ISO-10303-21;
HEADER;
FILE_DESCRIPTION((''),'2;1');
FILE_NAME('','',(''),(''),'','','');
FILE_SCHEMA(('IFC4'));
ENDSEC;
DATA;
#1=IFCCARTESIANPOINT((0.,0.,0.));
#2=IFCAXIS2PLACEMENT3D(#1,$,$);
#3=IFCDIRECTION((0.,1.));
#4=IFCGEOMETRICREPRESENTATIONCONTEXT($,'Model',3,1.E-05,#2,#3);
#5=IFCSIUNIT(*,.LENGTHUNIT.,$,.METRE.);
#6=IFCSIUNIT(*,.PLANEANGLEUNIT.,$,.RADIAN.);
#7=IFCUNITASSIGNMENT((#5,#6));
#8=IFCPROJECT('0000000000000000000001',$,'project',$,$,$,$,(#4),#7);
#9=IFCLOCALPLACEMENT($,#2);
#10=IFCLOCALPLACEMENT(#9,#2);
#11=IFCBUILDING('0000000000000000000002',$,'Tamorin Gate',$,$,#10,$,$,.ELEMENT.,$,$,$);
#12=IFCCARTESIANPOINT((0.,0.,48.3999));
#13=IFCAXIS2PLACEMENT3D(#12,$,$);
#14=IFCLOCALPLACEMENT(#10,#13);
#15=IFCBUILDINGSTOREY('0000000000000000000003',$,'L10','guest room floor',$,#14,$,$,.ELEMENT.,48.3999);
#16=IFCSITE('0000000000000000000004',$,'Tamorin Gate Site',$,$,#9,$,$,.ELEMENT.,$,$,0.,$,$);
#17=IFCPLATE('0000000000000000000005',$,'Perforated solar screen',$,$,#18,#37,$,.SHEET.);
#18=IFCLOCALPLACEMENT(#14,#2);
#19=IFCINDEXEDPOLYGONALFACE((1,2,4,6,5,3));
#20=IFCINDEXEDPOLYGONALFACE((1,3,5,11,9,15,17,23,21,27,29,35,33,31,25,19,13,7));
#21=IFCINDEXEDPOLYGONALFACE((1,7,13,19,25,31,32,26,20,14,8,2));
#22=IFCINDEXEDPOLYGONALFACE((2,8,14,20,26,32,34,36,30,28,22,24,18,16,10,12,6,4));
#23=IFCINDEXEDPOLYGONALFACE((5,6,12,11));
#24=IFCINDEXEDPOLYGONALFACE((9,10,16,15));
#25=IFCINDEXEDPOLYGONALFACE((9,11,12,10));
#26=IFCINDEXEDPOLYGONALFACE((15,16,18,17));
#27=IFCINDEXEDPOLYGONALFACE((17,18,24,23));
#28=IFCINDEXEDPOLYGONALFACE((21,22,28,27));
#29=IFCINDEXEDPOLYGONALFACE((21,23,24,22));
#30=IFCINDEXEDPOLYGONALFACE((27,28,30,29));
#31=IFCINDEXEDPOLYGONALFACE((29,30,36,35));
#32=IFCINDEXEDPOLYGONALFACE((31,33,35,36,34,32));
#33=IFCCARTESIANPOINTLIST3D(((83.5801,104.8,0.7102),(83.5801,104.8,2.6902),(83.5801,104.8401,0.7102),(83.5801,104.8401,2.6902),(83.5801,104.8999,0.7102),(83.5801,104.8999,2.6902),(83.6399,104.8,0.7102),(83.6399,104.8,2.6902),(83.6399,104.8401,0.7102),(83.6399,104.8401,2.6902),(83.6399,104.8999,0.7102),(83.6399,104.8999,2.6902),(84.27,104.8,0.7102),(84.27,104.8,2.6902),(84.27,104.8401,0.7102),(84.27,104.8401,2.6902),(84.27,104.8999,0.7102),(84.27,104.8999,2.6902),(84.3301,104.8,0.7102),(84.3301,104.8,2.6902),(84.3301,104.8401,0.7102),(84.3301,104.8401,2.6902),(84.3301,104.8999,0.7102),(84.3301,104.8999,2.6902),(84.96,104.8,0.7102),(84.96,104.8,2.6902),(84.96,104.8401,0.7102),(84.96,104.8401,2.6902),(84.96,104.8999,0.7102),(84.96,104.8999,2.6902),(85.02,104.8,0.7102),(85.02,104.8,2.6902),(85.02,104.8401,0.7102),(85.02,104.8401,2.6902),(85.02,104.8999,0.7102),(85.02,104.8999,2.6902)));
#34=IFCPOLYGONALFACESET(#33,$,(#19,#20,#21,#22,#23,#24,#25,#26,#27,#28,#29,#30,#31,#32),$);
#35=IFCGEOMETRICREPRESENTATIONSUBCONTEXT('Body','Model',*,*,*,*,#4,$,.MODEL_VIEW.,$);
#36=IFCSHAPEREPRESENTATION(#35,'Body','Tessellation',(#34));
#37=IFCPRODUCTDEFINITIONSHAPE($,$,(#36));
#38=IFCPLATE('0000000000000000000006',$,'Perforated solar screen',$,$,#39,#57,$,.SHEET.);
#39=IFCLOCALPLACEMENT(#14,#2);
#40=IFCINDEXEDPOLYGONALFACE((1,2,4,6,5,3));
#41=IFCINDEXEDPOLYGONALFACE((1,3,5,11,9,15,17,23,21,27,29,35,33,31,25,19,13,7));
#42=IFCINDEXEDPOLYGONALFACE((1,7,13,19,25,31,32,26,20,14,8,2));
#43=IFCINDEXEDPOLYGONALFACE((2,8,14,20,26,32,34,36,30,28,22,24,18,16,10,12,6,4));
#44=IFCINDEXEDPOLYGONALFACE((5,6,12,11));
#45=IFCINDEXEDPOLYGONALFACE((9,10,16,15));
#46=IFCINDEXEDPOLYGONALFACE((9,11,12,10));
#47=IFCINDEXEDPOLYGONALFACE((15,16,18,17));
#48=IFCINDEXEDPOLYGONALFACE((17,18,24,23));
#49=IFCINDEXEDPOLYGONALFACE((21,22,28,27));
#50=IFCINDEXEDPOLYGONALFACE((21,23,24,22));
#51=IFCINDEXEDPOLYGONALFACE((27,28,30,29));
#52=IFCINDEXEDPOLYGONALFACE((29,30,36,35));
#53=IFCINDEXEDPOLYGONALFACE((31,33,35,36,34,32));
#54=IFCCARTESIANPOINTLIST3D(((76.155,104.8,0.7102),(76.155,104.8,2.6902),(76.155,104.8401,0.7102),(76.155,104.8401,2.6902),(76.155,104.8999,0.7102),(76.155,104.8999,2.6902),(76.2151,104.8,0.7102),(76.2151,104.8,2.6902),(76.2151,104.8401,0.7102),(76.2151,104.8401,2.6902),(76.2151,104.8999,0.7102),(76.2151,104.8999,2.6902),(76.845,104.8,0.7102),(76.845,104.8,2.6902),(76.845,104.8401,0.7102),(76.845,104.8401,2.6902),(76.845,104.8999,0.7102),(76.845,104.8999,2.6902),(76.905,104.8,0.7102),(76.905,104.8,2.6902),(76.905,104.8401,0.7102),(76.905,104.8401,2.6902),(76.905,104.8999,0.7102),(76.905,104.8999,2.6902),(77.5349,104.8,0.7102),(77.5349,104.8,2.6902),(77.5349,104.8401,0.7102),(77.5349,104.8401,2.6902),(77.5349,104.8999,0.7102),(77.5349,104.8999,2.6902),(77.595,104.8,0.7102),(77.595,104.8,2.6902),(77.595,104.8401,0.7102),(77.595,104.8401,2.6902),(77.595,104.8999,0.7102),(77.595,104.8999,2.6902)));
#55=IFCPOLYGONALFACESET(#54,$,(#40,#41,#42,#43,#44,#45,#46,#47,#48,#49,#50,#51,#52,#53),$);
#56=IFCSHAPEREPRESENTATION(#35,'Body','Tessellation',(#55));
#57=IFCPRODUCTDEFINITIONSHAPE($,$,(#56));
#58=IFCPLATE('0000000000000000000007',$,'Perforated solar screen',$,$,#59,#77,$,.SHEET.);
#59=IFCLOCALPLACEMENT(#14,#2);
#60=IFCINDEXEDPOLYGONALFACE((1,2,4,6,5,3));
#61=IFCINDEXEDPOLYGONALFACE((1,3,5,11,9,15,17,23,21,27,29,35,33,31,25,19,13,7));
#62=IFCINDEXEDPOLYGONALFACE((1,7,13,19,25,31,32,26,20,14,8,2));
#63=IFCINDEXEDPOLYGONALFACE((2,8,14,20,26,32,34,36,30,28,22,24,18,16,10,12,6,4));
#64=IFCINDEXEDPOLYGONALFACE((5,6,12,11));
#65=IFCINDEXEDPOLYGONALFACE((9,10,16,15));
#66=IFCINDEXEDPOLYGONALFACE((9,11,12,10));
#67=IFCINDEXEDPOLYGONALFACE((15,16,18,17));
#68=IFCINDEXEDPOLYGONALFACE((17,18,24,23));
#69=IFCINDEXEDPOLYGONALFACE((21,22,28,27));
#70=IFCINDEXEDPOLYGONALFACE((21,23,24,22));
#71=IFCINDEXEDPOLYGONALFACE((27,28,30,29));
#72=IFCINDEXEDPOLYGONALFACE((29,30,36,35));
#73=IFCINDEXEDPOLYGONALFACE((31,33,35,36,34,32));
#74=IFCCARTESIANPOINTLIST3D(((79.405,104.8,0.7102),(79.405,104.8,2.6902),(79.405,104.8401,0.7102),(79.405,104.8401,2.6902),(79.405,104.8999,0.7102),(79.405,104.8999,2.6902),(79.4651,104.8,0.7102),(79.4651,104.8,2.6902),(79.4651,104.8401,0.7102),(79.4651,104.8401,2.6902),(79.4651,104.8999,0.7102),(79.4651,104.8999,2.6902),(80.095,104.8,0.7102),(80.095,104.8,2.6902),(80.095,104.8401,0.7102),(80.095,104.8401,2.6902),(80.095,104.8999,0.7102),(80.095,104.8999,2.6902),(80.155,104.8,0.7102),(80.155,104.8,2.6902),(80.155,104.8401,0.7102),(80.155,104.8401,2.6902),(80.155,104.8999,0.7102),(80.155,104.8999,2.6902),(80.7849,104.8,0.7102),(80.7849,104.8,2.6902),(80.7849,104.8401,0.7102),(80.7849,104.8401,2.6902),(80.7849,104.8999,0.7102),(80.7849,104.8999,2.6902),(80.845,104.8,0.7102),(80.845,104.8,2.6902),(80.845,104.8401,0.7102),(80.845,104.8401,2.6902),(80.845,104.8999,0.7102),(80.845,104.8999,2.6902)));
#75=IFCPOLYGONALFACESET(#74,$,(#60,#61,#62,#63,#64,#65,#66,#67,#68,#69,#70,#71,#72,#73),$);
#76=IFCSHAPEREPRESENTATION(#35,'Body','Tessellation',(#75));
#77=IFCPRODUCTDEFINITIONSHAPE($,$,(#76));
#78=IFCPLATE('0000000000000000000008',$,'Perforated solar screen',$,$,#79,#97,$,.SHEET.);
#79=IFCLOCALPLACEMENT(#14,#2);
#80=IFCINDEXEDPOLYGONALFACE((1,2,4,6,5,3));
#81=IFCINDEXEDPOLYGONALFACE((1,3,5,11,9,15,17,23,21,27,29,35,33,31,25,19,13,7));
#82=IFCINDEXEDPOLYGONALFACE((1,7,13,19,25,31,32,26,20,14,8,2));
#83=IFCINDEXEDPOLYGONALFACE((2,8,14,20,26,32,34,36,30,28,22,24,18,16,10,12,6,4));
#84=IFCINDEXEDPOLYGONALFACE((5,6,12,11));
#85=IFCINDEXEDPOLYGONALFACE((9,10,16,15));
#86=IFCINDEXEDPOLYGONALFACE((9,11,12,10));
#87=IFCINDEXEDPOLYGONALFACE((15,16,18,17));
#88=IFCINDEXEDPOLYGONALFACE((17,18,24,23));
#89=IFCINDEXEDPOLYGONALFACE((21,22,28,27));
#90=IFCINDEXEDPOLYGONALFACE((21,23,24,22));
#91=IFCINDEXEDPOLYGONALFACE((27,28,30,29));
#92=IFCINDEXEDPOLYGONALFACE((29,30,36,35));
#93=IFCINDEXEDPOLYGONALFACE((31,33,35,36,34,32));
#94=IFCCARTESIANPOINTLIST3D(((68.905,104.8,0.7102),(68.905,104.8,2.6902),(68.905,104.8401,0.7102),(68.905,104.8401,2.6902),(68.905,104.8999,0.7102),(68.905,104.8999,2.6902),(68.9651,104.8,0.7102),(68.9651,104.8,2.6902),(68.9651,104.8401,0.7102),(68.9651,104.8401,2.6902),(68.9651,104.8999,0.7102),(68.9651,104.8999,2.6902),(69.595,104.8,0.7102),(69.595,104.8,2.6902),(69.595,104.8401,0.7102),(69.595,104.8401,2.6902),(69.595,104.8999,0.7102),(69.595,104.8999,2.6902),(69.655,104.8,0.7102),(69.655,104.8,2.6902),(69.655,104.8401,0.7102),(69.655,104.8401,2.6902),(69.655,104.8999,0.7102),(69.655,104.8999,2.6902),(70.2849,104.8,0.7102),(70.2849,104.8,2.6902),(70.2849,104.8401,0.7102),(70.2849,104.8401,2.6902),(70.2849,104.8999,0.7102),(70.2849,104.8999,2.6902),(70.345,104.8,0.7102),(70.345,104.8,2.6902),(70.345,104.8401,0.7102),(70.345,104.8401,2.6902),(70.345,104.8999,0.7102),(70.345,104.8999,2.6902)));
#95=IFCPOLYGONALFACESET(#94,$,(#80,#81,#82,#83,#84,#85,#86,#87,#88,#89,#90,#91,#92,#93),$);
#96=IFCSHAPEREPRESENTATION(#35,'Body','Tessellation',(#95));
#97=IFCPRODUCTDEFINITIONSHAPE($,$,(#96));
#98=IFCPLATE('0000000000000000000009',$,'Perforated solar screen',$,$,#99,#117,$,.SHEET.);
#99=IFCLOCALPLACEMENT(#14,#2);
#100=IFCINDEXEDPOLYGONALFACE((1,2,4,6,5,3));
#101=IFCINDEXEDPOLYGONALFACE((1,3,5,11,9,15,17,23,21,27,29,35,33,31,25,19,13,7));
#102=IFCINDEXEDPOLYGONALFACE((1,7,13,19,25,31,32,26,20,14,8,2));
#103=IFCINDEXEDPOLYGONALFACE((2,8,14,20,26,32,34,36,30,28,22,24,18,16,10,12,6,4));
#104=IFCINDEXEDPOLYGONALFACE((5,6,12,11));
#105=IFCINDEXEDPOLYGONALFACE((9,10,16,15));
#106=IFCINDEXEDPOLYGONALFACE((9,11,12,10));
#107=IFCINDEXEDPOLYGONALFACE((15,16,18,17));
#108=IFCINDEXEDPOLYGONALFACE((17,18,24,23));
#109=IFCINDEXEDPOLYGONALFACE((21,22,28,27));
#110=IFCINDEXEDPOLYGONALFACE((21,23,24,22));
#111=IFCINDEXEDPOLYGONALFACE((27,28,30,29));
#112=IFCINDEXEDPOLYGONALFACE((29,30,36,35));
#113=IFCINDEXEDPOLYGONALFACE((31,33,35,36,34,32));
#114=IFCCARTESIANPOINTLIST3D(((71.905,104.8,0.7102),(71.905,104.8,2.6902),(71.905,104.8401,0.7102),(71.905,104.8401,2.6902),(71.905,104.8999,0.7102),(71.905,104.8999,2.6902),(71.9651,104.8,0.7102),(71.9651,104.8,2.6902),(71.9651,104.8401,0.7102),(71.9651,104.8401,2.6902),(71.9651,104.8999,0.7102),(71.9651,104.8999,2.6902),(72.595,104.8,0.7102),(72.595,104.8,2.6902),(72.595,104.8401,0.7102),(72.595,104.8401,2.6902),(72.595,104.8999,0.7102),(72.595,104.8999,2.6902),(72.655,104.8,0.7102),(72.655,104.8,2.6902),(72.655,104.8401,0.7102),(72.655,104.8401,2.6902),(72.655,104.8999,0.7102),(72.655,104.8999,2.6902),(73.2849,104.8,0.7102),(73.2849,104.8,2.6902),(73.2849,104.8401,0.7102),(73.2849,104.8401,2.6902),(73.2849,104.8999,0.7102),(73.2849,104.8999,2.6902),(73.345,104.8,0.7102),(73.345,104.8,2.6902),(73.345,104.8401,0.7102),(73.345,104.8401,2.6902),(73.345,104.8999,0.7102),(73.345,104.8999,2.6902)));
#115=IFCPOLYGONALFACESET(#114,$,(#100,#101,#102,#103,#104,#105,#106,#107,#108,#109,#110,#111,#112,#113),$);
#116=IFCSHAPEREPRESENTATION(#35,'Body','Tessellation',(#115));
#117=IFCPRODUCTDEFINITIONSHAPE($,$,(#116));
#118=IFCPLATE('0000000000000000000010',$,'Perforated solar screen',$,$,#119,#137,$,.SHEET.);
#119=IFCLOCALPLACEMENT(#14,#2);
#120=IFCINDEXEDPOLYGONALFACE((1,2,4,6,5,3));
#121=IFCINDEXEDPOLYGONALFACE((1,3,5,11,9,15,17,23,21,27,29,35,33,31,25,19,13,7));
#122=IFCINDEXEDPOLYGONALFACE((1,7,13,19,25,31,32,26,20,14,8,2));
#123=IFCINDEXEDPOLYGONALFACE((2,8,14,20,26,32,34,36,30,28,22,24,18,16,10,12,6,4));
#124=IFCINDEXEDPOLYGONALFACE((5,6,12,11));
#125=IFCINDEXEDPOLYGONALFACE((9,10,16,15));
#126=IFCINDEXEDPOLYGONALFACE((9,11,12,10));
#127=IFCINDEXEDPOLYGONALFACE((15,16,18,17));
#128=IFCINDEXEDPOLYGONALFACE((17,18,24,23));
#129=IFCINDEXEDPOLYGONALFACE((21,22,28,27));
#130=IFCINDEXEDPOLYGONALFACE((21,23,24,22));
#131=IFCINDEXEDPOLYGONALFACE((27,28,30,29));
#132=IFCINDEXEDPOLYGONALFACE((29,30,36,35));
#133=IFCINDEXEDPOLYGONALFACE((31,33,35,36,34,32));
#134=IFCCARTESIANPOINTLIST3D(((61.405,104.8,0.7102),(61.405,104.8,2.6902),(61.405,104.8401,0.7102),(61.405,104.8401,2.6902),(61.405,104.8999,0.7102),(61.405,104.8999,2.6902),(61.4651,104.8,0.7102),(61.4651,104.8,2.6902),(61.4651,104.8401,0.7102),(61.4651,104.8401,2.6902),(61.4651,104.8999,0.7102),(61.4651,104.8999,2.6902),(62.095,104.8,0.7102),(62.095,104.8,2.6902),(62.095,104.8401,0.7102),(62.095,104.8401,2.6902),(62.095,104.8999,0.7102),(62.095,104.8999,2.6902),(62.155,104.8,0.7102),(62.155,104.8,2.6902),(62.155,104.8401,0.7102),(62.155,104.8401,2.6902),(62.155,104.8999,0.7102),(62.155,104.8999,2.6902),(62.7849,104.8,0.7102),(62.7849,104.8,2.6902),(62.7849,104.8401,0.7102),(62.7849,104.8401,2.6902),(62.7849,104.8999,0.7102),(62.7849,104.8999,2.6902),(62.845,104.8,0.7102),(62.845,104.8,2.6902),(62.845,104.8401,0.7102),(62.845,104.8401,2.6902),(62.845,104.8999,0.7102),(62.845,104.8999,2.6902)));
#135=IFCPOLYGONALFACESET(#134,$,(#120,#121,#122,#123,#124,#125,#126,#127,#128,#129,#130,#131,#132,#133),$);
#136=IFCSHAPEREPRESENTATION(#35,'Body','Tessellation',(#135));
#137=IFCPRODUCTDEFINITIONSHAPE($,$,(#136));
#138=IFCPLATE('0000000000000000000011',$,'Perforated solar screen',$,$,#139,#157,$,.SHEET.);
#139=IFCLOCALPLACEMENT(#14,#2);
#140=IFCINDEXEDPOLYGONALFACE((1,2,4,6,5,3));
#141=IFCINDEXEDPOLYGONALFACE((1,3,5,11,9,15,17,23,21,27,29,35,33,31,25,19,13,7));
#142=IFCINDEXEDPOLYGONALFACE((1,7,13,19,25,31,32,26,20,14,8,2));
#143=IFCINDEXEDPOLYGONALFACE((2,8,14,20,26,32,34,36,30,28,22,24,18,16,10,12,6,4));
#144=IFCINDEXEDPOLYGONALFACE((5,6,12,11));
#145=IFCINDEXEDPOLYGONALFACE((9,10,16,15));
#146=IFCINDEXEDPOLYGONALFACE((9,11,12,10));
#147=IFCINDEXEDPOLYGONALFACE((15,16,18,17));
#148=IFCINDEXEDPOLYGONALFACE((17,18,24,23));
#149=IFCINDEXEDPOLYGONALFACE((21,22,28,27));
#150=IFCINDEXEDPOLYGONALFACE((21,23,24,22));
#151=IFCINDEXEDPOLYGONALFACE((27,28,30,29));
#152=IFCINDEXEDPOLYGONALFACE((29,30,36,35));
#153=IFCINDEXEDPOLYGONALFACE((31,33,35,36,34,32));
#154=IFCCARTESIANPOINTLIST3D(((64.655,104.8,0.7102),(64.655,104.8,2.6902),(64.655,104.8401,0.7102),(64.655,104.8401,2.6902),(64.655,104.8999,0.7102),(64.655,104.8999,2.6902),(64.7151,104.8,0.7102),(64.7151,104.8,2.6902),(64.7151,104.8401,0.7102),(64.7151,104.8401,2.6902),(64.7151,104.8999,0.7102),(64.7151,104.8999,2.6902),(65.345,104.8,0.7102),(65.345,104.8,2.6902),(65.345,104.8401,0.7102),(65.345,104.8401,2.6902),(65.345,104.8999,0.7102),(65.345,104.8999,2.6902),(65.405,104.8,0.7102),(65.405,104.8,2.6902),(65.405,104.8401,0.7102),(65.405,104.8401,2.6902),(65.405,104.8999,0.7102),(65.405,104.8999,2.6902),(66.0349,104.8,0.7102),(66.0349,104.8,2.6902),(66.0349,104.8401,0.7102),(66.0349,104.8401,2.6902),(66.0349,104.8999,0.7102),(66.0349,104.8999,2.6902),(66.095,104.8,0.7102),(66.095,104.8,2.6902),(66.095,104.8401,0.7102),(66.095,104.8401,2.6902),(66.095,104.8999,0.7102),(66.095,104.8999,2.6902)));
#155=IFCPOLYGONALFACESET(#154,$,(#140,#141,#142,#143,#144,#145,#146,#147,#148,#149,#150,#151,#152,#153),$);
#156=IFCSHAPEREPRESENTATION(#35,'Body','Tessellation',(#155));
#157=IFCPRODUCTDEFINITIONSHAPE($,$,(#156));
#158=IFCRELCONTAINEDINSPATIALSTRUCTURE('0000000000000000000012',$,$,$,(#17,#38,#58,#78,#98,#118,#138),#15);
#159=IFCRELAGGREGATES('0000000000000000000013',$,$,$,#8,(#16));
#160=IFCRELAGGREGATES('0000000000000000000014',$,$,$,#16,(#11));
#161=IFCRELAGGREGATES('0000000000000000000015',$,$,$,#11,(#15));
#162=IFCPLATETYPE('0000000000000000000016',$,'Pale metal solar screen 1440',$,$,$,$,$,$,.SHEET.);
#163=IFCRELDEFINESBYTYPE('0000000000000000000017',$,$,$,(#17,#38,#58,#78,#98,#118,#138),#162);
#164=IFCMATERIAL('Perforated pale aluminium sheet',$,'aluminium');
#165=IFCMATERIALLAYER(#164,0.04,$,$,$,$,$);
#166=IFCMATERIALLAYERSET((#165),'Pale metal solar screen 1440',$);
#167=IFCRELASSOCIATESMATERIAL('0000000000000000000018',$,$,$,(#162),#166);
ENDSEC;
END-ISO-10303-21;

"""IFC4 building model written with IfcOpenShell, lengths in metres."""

from ifc_helpers import new_model, si_unit, direction, frame, origin, place, context, subcontext, project, spatial, polyline, outline, extrude, material, layer, layer_set, type_object, element, save


model = new_model("IFC4")

# Units and contexts
model_context = context("Model", 3, precision=1e-05, world=origin(), true_north=direction((0.0, 1.0)))
body_context = subcontext(model_context, "Body", "Model", "MODEL_VIEW")
ifc_project = project(units=[si_unit("LENGTHUNIT", "METRE"), si_unit("PLANEANGLEUNIT", "RADIAN")], contexts=[model_context])

# Site, building, storey
site_placement = place(None, origin())
site = spatial("IfcSite", under=ifc_project, at=site_placement, Name="Tamorin Gate Site", CompositionType="ELEMENT", RefElevation=0.0)
building_placement = place(site_placement, origin())
building = spatial("IfcBuilding", under=site, at=building_placement, Name="Tamorin Gate", CompositionType="ELEMENT")
storey_placement = place(building_placement, frame((0.0, 0.0, 48.3999)))
storey = spatial("IfcBuildingStorey", under=building, at=storey_placement, Name="L10", Description="guest room floor", CompositionType="ELEMENT", Elevation=48.3999)

# Plates
ifc_material = material(Name="Perforated pale aluminium sheet", Category="aluminium")
ifc_layer = layer(ifc_material, 0.04)
ifc_layer_set = layer_set([ifc_layer], Name="Pale metal solar screen 1440")
plate_type = type_object("IfcPlateType", Name="Pale metal solar screen 1440", PredefinedType="SHEET", material=ifc_layer_set)
plate_1_placement = place(storey_placement, frame((0.0, 0.0, 0.7102)))
element("IfcPlate", 1, at=plate_1_placement, inside=storey, type_object=plate_type, Name="Perforated solar screen", PredefinedType="SHEET", context=body_context, shape_type="SweptSolid", body=[
    extrude(outline(polyline([(85.02, 104.8401), (85.02, 104.8), (84.96, 104.8), (84.3301, 104.8), (84.27, 104.8), (83.6399, 104.8), (83.5801, 104.8), (83.5801, 104.8401), (83.5801, 104.8999), (83.6399, 104.8999), (83.6399, 104.8401), (84.27, 104.8401), (84.27, 104.8999), (84.3301, 104.8999), (84.3301, 104.8401), (84.96, 104.8401), (84.96, 104.8999), (85.02, 104.8999), (85.02, 104.8401)])), origin(), (0.0, 0.0, 1.0), 1.98),
])
plate_2_placement = place(storey_placement, frame((0.0, 0.0, 0.7102)))
element("IfcPlate", 2, at=plate_2_placement, inside=storey, type_object=plate_type, Name="Perforated solar screen", PredefinedType="SHEET", context=body_context, shape_type="SweptSolid", body=[
    extrude(outline(polyline([(77.595, 104.8401), (77.595, 104.8), (77.5349, 104.8), (76.905, 104.8), (76.845, 104.8), (76.2151, 104.8), (76.155, 104.8), (76.155, 104.8401), (76.155, 104.8999), (76.2151, 104.8999), (76.2151, 104.8401), (76.845, 104.8401), (76.845, 104.8999), (76.905, 104.8999), (76.905, 104.8401), (77.5349, 104.8401), (77.5349, 104.8999), (77.595, 104.8999), (77.595, 104.8401)])), origin(), (0.0, 0.0, 1.0), 1.98),
])
plate_3_placement = place(storey_placement, frame((0.0, 0.0, 0.7102)))
element("IfcPlate", 3, at=plate_3_placement, inside=storey, type_object=plate_type, Name="Perforated solar screen", PredefinedType="SHEET", context=body_context, shape_type="SweptSolid", body=[
    extrude(outline(polyline([(80.845, 104.8401), (80.845, 104.8), (80.7849, 104.8), (80.155, 104.8), (80.095, 104.8), (79.4651, 104.8), (79.405, 104.8), (79.405, 104.8), (79.405, 104.8401), (79.405, 104.8401), (79.405, 104.8999), (79.4651, 104.8999), (79.4651, 104.8401), (80.095, 104.8401), (80.095, 104.8999), (80.155, 104.8999), (80.155, 104.8401), (80.7849, 104.8401), (80.7849, 104.8999), (80.845, 104.8999), (80.845, 104.8401)])), origin(), (0.0, 0.0, 1.0), 1.98),
])
plate_4_placement = place(storey_placement, frame((0.0, 0.0, 0.7102)))
element("IfcPlate", 4, at=plate_4_placement, inside=storey, type_object=plate_type, Name="Perforated solar screen", PredefinedType="SHEET", context=body_context, shape_type="SweptSolid", body=[
    extrude(outline(polyline([(70.345, 104.8401), (70.345, 104.8), (70.2849, 104.8), (69.655, 104.8), (69.595, 104.8), (68.9651, 104.8), (68.905, 104.8), (68.905, 104.8401), (68.905, 104.8999), (68.9651, 104.8999), (68.9651, 104.8401), (69.595, 104.8401), (69.595, 104.8999), (69.655, 104.8999), (69.655, 104.8401), (70.2849, 104.8401), (70.2849, 104.8999), (70.345, 104.8999), (70.345, 104.8401)])), origin(), (0.0, 0.0, 1.0), 1.98),
])
plate_5_placement = place(storey_placement, frame((0.0, 0.0, 0.7102)))
element("IfcPlate", 5, at=plate_5_placement, inside=storey, type_object=plate_type, Name="Perforated solar screen", PredefinedType="SHEET", context=body_context, shape_type="SweptSolid", body=[
    extrude(outline(polyline([(73.345, 104.8401), (73.345, 104.8), (73.2849, 104.8), (72.655, 104.8), (72.595, 104.8), (71.9651, 104.8), (71.905, 104.8), (71.905, 104.8401), (71.905, 104.8999), (71.9651, 104.8999), (71.9651, 104.8401), (72.595, 104.8401), (72.595, 104.8999), (72.655, 104.8999), (72.655, 104.8401), (73.2849, 104.8401), (73.2849, 104.8999), (73.345, 104.8999), (73.345, 104.8401)])), origin(), (0.0, 0.0, 1.0), 1.98),
])
plate_6_placement = place(storey_placement, frame((0.0, 0.0, 0.7102)))
element("IfcPlate", 6, at=plate_6_placement, inside=storey, type_object=plate_type, Name="Perforated solar screen", PredefinedType="SHEET", context=body_context, shape_type="SweptSolid", body=[
    extrude(outline(polyline([(62.845, 104.8401), (62.845, 104.8), (62.7849, 104.8), (62.155, 104.8), (62.095, 104.8), (61.4651, 104.8), (61.405, 104.8), (61.405, 104.8401), (61.405, 104.8999), (61.4651, 104.8999), (61.4651, 104.8401), (62.095, 104.8401), (62.095, 104.8999), (62.155, 104.8999), (62.155, 104.8401), (62.7849, 104.8401), (62.7849, 104.8999), (62.845, 104.8999), (62.845, 104.8401)])), origin(), (0.0, 0.0, 1.0), 1.98),
])
plate_7_placement = place(storey_placement, frame((0.0, 0.0, 0.7102)))
element("IfcPlate", 7, at=plate_7_placement, inside=storey, type_object=plate_type, Name="Perforated solar screen", PredefinedType="SHEET", context=body_context, shape_type="SweptSolid", body=[
    extrude(outline(polyline([(66.095, 104.8401), (66.095, 104.8), (66.0349, 104.8), (65.405, 104.8), (65.345, 104.8), (64.7151, 104.8), (64.655, 104.8), (64.655, 104.8401), (64.655, 104.8999), (64.7151, 104.8999), (64.7151, 104.8401), (65.345, 104.8401), (65.345, 104.8999), (65.405, 104.8999), (65.405, 104.8401), (66.0349, 104.8401), (66.0349, 104.8999), (66.095, 104.8999), (66.095, 104.8401)])), origin(), (0.0, 0.0, 1.0), 1.98),
])

save(model, "model.ifc")
